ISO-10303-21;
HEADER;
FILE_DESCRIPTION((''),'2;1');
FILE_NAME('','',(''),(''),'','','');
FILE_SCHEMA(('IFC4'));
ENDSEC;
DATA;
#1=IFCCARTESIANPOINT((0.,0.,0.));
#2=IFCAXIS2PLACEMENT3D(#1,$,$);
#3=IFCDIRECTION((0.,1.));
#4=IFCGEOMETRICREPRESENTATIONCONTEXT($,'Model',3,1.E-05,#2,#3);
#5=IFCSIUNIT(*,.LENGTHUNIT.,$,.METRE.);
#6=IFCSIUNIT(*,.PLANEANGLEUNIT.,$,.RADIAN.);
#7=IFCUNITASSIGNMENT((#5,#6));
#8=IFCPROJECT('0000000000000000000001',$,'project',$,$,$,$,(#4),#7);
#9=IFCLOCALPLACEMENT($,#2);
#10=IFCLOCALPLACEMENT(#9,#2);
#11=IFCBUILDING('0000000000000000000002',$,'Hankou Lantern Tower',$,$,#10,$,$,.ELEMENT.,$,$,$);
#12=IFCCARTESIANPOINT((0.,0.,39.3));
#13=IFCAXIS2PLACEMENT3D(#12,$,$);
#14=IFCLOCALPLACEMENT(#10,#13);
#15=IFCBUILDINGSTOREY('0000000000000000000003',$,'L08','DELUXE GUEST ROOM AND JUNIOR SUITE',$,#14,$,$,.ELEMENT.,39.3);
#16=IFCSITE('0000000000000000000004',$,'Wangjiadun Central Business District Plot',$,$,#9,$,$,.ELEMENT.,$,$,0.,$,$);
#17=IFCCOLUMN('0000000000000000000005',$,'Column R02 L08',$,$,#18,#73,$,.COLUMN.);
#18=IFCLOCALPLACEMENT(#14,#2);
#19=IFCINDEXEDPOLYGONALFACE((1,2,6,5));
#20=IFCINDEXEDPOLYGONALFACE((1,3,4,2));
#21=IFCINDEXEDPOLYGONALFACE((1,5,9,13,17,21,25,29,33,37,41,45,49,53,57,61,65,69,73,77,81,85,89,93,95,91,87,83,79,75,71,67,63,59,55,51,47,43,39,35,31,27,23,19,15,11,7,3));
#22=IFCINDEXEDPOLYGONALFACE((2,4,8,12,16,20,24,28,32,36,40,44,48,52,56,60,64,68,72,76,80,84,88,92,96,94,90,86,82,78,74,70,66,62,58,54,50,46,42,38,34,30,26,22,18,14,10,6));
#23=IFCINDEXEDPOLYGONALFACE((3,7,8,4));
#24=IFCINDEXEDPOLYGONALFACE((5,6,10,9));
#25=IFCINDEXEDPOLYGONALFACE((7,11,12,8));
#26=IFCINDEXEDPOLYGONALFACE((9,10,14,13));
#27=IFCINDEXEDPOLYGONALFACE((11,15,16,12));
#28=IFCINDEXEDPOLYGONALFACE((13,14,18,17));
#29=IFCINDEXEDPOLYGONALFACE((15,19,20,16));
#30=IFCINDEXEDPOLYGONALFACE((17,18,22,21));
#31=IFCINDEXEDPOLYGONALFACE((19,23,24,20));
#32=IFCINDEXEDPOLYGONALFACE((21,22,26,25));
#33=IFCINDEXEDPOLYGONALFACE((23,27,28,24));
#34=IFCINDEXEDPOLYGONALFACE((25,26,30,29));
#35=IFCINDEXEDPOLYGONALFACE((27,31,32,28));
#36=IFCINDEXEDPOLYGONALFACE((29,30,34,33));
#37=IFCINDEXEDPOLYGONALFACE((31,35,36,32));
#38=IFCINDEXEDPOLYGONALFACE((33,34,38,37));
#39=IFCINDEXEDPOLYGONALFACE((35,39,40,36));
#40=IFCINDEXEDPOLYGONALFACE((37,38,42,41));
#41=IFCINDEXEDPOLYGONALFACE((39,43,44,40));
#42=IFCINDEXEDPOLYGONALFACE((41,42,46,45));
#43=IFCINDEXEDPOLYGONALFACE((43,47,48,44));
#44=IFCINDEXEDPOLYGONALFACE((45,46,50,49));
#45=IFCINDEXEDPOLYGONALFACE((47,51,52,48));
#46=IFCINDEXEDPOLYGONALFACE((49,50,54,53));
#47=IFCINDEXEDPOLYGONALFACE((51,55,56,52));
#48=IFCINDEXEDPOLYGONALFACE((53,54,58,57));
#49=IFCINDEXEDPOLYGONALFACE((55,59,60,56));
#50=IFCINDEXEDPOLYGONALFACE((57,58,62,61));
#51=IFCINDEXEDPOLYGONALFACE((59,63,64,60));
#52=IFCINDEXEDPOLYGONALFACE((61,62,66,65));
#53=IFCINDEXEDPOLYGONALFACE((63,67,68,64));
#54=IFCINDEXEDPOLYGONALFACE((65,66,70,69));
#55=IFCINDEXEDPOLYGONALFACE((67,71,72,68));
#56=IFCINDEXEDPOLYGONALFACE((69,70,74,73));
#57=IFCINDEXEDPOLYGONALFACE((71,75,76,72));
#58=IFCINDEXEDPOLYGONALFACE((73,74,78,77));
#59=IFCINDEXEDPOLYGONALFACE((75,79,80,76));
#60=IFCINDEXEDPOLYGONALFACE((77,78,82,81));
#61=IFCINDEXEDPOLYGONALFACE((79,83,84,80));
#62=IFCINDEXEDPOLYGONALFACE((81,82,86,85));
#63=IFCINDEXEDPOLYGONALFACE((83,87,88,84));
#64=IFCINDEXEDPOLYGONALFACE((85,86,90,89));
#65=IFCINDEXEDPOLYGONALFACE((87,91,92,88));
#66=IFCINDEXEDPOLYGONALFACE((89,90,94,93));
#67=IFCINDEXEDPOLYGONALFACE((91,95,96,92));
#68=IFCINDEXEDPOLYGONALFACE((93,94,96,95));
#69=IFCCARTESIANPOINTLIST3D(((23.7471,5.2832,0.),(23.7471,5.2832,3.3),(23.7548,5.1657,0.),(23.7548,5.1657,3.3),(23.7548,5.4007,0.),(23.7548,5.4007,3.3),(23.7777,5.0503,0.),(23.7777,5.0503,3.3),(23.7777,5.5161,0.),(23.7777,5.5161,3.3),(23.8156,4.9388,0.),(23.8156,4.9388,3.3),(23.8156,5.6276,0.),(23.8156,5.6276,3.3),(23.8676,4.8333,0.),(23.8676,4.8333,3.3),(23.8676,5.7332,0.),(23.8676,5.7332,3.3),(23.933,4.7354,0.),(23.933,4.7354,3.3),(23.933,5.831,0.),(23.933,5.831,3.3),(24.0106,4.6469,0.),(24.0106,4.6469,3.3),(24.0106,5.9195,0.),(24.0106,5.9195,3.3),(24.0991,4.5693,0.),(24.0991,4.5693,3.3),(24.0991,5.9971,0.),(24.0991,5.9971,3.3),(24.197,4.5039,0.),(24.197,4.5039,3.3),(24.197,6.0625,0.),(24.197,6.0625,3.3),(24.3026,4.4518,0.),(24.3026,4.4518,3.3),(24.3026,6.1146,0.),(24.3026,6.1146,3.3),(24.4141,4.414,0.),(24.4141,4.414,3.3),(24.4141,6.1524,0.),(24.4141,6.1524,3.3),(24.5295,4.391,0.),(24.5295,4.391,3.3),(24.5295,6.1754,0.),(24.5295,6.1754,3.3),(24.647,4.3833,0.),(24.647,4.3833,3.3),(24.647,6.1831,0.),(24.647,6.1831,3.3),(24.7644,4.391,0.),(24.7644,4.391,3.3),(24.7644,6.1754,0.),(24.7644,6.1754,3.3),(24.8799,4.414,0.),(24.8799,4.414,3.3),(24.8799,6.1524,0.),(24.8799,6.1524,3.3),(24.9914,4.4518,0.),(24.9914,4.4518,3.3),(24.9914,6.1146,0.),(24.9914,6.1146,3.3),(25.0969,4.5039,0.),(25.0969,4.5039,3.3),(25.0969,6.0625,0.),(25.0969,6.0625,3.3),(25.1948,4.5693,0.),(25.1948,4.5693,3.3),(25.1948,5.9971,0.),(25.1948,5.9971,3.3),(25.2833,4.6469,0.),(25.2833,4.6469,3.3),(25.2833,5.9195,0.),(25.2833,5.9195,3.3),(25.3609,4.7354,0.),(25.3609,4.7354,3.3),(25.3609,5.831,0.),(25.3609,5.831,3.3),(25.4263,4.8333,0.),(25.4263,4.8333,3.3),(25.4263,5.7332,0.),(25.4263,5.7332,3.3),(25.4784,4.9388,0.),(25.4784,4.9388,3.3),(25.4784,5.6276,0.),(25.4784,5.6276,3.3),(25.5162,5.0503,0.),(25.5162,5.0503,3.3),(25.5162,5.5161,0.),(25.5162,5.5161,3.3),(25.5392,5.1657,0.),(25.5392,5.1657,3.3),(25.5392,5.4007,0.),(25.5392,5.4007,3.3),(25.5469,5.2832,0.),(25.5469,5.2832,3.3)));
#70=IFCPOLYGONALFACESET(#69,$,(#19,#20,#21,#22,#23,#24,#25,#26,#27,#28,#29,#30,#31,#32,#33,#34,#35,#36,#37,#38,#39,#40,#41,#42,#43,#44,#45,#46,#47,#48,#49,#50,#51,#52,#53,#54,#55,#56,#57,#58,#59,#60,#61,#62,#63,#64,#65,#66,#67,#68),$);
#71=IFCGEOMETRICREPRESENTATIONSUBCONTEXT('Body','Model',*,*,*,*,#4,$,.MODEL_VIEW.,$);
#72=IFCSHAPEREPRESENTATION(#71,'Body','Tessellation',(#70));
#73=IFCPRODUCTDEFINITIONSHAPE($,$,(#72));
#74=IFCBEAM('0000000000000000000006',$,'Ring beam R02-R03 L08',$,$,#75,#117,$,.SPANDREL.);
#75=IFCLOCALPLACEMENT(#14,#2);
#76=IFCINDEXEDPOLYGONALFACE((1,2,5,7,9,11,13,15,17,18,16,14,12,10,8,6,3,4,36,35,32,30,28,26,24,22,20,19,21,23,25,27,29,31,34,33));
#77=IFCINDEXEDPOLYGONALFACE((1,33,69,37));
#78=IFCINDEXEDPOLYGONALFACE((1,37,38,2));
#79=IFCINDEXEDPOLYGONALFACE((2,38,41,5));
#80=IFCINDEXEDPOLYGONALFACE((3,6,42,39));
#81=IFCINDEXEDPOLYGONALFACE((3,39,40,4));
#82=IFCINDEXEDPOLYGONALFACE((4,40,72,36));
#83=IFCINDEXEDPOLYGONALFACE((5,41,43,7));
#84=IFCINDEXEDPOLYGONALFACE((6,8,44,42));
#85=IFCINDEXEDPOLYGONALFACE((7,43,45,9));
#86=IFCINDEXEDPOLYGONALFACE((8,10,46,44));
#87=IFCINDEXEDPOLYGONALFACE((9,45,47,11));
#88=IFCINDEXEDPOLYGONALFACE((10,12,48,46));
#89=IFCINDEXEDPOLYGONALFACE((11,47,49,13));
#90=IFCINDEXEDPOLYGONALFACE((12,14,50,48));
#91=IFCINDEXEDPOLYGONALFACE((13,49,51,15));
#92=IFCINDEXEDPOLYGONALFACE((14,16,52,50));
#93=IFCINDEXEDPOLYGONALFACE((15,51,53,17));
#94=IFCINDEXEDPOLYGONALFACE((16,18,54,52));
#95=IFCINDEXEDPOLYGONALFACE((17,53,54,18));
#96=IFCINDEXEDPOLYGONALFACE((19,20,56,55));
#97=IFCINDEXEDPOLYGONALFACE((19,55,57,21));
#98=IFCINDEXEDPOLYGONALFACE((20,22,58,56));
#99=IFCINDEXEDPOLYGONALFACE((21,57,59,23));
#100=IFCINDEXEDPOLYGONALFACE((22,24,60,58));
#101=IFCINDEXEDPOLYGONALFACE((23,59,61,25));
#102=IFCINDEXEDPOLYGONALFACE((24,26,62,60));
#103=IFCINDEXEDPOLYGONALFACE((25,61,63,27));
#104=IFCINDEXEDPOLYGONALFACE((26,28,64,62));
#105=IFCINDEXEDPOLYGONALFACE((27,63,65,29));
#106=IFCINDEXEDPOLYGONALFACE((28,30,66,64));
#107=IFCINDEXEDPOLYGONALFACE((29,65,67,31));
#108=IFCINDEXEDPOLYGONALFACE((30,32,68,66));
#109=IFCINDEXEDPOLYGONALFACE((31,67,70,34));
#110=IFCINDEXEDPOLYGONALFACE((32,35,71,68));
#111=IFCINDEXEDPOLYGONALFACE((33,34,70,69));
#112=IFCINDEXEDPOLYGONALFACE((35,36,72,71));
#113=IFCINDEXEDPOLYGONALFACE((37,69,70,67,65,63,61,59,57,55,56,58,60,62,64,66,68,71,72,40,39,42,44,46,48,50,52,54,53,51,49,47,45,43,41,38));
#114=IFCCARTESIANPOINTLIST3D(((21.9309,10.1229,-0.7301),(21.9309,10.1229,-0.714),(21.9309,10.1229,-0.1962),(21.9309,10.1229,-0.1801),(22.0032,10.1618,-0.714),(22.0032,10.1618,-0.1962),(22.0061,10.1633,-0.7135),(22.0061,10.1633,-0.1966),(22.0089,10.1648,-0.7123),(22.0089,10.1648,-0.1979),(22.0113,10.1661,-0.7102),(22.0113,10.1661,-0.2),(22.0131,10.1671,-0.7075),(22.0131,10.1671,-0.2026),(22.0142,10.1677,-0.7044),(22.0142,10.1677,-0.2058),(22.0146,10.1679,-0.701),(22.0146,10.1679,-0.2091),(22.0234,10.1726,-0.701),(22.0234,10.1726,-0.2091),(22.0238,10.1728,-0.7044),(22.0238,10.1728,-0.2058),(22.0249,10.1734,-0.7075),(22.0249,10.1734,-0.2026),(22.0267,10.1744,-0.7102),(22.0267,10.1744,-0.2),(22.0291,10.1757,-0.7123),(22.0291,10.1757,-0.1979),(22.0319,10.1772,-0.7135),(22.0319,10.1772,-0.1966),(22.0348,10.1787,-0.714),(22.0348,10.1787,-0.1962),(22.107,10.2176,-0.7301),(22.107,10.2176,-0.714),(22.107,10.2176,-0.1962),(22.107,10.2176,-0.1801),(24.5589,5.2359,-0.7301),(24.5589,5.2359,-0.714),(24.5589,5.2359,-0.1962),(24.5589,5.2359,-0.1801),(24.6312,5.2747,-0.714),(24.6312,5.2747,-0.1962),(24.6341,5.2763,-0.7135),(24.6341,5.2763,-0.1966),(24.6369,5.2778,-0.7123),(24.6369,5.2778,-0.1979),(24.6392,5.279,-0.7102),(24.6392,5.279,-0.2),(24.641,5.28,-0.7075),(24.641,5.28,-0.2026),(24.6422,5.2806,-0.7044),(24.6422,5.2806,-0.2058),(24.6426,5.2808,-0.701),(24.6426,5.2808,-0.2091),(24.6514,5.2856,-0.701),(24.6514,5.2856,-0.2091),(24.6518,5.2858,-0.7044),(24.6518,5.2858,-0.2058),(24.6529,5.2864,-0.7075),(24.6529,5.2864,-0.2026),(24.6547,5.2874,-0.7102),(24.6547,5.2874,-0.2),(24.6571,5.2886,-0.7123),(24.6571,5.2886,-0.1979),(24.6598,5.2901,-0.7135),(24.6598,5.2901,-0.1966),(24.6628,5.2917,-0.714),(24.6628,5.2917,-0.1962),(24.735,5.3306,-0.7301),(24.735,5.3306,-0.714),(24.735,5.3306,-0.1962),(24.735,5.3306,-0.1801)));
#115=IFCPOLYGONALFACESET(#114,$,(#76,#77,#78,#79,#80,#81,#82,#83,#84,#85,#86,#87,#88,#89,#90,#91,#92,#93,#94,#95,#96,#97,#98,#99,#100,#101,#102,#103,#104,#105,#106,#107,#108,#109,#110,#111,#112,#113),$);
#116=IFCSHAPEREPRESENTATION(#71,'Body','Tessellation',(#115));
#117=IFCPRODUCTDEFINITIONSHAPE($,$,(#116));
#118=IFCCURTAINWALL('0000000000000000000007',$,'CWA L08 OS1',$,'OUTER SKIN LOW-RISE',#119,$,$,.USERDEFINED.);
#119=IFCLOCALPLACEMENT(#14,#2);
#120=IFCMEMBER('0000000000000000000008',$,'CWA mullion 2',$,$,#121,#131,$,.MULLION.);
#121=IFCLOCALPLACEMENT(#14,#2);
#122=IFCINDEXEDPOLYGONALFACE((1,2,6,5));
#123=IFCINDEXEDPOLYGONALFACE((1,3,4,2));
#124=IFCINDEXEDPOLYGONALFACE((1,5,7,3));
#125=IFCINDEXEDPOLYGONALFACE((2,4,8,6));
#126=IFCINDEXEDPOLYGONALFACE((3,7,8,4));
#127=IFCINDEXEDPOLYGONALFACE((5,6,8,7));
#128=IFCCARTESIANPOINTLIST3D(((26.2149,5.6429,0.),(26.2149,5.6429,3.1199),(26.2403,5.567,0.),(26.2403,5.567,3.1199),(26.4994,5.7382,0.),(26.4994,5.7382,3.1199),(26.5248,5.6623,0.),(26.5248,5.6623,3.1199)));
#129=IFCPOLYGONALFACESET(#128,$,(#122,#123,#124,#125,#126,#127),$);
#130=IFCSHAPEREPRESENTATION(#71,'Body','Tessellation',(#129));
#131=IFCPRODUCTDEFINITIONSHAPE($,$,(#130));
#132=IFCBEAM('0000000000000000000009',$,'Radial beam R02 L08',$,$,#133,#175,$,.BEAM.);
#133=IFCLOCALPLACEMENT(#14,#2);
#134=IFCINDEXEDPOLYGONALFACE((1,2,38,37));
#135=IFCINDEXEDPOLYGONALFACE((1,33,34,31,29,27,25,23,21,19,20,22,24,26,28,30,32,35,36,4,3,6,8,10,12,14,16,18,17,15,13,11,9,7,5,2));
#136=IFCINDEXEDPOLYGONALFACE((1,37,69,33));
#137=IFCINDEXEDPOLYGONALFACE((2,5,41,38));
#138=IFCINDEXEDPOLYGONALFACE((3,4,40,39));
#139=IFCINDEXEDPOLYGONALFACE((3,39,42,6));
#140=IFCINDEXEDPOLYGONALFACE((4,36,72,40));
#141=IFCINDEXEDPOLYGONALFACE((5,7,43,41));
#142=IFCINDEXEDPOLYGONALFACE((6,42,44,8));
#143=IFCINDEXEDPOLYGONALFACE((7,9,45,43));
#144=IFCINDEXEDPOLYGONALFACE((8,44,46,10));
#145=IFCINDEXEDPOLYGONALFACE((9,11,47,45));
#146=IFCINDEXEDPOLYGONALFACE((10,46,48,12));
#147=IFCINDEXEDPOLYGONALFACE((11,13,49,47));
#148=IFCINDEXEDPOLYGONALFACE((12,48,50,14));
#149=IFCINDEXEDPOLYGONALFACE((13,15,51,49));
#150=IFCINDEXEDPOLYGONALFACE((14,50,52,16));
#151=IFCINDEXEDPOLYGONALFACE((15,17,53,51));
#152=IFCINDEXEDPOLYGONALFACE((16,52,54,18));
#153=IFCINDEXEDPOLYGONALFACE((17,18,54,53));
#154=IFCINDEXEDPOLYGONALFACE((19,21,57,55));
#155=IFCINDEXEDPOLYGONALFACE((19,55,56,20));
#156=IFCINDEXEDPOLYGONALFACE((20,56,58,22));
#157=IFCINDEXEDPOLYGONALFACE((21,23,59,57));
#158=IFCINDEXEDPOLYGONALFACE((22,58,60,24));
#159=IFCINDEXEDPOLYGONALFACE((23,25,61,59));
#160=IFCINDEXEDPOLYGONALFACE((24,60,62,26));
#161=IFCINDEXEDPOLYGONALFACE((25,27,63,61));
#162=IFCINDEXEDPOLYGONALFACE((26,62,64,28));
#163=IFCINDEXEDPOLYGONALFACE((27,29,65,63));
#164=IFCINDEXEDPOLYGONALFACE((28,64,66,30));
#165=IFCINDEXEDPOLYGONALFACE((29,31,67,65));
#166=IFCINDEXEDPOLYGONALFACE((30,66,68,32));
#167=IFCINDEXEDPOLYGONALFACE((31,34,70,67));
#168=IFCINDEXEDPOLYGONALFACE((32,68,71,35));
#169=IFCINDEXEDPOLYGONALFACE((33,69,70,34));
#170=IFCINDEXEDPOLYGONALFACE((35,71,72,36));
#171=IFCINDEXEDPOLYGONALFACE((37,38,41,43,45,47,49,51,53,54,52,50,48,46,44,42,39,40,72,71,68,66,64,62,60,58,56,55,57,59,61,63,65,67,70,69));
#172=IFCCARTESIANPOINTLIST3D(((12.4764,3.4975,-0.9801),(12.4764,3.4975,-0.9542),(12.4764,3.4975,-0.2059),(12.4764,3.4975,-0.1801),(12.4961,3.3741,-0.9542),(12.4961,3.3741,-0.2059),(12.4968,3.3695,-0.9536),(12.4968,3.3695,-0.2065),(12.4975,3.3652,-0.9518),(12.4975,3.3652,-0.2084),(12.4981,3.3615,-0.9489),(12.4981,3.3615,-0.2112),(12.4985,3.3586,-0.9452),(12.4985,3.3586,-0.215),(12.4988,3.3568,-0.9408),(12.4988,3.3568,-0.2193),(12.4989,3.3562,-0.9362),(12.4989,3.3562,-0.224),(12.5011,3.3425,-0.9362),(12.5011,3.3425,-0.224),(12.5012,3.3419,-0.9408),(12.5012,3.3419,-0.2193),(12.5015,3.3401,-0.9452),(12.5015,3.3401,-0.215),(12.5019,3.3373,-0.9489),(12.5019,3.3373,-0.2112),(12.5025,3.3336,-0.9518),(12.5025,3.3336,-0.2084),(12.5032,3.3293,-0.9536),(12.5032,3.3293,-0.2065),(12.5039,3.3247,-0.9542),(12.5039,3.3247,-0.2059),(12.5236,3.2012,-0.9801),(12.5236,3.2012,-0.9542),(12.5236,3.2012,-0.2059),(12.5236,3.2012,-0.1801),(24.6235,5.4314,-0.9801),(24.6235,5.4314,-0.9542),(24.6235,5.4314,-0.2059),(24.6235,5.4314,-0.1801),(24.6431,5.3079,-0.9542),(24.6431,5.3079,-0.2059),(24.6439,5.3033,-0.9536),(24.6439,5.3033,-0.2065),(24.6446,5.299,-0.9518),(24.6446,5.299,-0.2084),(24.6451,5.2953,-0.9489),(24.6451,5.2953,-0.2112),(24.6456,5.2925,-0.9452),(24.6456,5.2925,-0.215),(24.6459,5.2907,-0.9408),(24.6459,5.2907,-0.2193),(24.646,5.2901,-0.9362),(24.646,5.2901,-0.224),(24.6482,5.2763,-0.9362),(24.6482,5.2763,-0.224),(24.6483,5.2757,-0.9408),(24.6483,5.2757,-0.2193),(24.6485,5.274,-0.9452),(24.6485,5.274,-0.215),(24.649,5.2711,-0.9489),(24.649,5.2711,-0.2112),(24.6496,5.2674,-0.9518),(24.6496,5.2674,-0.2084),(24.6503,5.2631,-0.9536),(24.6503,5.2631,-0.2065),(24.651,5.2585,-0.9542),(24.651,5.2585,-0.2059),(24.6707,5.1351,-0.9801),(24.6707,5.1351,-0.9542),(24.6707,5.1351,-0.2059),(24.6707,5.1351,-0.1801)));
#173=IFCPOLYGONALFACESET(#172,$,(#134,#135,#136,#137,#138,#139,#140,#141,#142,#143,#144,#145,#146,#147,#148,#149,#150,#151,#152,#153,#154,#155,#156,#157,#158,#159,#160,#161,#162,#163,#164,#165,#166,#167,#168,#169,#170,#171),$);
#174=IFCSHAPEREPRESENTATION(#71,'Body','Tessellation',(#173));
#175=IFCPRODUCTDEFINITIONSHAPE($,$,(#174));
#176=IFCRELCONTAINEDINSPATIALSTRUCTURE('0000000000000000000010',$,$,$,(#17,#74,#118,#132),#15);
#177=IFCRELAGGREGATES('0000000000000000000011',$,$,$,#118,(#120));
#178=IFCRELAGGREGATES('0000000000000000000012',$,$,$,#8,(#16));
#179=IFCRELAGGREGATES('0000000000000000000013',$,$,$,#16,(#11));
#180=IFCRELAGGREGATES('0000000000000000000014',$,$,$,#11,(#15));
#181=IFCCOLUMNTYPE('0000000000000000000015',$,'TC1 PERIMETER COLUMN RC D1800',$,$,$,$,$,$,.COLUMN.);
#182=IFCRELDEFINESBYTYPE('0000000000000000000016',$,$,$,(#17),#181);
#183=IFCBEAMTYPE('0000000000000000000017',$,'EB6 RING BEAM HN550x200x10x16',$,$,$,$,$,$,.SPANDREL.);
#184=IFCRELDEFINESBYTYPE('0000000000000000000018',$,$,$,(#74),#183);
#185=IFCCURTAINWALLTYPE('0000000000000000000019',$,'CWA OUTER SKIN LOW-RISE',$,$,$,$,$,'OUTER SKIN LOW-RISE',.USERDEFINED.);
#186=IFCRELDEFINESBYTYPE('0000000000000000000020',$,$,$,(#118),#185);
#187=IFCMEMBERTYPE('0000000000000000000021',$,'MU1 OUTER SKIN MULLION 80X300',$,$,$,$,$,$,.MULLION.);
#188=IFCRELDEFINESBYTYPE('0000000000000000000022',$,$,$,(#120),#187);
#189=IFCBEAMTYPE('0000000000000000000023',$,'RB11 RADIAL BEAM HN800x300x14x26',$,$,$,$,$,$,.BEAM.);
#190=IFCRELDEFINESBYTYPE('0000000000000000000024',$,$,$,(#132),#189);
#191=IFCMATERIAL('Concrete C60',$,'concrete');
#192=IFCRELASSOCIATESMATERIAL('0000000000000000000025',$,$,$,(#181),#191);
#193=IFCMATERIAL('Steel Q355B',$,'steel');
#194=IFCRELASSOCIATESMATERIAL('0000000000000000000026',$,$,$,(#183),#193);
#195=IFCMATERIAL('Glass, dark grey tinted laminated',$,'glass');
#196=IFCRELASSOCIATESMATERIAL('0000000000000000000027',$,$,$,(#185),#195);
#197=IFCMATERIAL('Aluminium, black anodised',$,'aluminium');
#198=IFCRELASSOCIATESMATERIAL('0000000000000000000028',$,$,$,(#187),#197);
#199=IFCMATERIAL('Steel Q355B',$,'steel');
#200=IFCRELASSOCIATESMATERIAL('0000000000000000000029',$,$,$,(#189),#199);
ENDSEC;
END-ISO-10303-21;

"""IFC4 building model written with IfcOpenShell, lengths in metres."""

from ifc_helpers import new_model, si_unit, direction, frame, origin, origin_2d, place, context, subcontext, project, spatial, rectangle, circle, i_section, extrude, material, material_profile, profile_set, type_object, element, aggregate, save


model = new_model("IFC4")

# Units and contexts
model_context = context("Model", 3, precision=1e-05, world=origin(), true_north=direction((0.0, 1.0)))
body_context = subcontext(model_context, "Body", "Model", "MODEL_VIEW")
ifc_project = project(units=[si_unit("LENGTHUNIT", "METRE"), si_unit("PLANEANGLEUNIT", "RADIAN")], contexts=[model_context])

# Site, building, storey
site_placement = place(None, origin())
site = spatial("IfcSite", under=ifc_project, at=site_placement, Name="Wangjiadun Central Business District Plot", CompositionType="ELEMENT", RefElevation=0.0)
building_placement = place(site_placement, origin())
building = spatial("IfcBuilding", under=site, at=building_placement, Name="Hankou Lantern Tower", CompositionType="ELEMENT")
storey_placement = place(building_placement, frame((0.0, 0.0, 39.3)))
storey = spatial("IfcBuildingStorey", under=building, at=storey_placement, Name="L08", Description="DELUXE GUEST ROOM AND JUNIOR SUITE", CompositionType="ELEMENT", Elevation=39.3)

# Column
ifc_material_1 = material(Name="Concrete C60", Category="concrete")
ifc_material_profile_1 = material_profile(ifc_material_1, circle(Radius=0.8999, at=origin_2d()), Name="RC D1800")
ifc_profile_set_1 = profile_set([ifc_material_profile_1], Name="Concrete C60")
column_type = type_object("IfcColumnType", Name="TC1 PERIMETER COLUMN RC D1800", PredefinedType="COLUMN", material=ifc_profile_set_1)
column_placement = place(storey_placement, frame((24.647, 5.2832, 0.0), z_axis=(0.0, 0.0, 1.0), x_axis=(1.0, 0.0, 0.0)))
element("IfcColumn", 1, at=column_placement, inside=storey, type_object=column_type, Name="Column R02 L08", PredefinedType="COLUMN", context=body_context, shape_type="SweptSolid", body=[
    extrude(circle(Radius=0.8999, at=origin_2d()), origin(), (0.0, 0.0, 1.0), 3.3),
])

# Beam
ifc_material_2 = material(Name="Steel Q355B", Category="steel")
ifc_material_profile_2 = material_profile(ifc_material_2, i_section(OverallWidth=0.2, OverallDepth=0.55, WebThickness=0.01, FlangeThickness=0.0161, FilletRadius=0.0129, at=origin_2d()), Name="HN550x200x10x16")
ifc_profile_set_2 = profile_set([ifc_material_profile_2], Name="Steel Q355B")
beam_type_1 = type_object("IfcBeamType", Name="EB6 RING BEAM HN550x200x10x16", PredefinedType="SPANDREL", material=ifc_profile_set_2)
beam_1_placement = place(storey_placement, frame((24.647, 5.2832, -0.4551), z_axis=(-0.473609, 0.880735, 0.0), x_axis=(-0.880735, -0.473609, 0.0)))
element("IfcBeam", 2, at=beam_1_placement, inside=storey, type_object=beam_type_1, Name="Ring beam R02-R03 L08", PredefinedType="SPANDREL", context=body_context, shape_type="SweptSolid", body=[
    extrude(i_section(OverallWidth=0.2, OverallDepth=0.55, WebThickness=0.01, FlangeThickness=0.0161, FilletRadius=0.0129, at=origin_2d()), origin(), (0.0, 0.0, 1.0), 5.5488),
])

# Curtain wall, member
ifc_material_3 = material(Name="Glass, dark grey tinted laminated", Category="glass")
curtain_wall_type = type_object("IfcCurtainWallType", Name="CWA OUTER SKIN LOW-RISE", ElementType="OUTER SKIN LOW-RISE", PredefinedType="USERDEFINED", material=ifc_material_3)
curtain_wall_placement = place(storey_placement, origin())
curtain_wall = element("IfcCurtainWall", 3, at=curtain_wall_placement, inside=storey, type_object=curtain_wall_type, Name="CWA L08 OS1", ObjectType="OUTER SKIN LOW-RISE", PredefinedType="USERDEFINED")
ifc_material_4 = material(Name="Aluminium, black anodised", Category="aluminium")
ifc_material_profile_3 = material_profile(ifc_material_4, rectangle(XDim=0.0801, YDim=0.3, at=origin_2d()), Name="MU1 80X300")
ifc_profile_set_3 = profile_set([ifc_material_profile_3], Name="Aluminium, black anodised")
member_type_1 = type_object("IfcMemberType", Name="MU1 OUTER SKIN MULLION 80X300", PredefinedType="MULLION", material=ifc_profile_set_3)
member_1_placement = place(storey_placement, frame((26.3699, 5.6526, 0.0), z_axis=(0.0, 0.0, 1.0), x_axis=(-0.317596, 0.948226, 0.0)))
member_1 = element("IfcMember", 4, at=member_1_placement, type_object=member_type_1, Name="CWA mullion 2", PredefinedType="MULLION", context=body_context, shape_type="SweptSolid", body=[
    extrude(rectangle(XDim=0.0801, YDim=0.3, at=origin_2d()), origin(), (0.0, 0.0, 1.0), 3.1199),
])

# Beam
ifc_material_5 = material(Name="Steel Q355B", Category="steel")
ifc_material_profile_4 = material_profile(ifc_material_5, i_section(OverallWidth=0.3, OverallDepth=0.8, WebThickness=0.0139, FlangeThickness=0.0259, FilletRadius=0.0181, at=origin_2d()), Name="HN800x300x14x26")
ifc_profile_set_4 = profile_set([ifc_material_profile_4], Name="Steel Q355B")
beam_type_2 = type_object("IfcBeamType", Name="RB11 RADIAL BEAM HN800x300x14x26", PredefinedType="BEAM", material=ifc_profile_set_4)
beam_2_placement = place(storey_placement, frame((12.5, 3.3494, -0.5801), z_axis=(0.987563, 0.157223, 0.0), x_axis=(-0.157223, 0.987563, 0.0)))
element("IfcBeam", 5, at=beam_2_placement, inside=storey, type_object=beam_type_2, Name="Radial beam R02 L08", PredefinedType="BEAM", context=body_context, shape_type="SweptSolid", body=[
    extrude(i_section(OverallWidth=0.3, OverallDepth=0.8, WebThickness=0.0139, FlangeThickness=0.0259, FilletRadius=0.0181, at=origin_2d()), origin(), (0.0, 0.0, 1.0), 12.3),
])

aggregate(curtain_wall, [member_1])

save(model, "model.ifc")
